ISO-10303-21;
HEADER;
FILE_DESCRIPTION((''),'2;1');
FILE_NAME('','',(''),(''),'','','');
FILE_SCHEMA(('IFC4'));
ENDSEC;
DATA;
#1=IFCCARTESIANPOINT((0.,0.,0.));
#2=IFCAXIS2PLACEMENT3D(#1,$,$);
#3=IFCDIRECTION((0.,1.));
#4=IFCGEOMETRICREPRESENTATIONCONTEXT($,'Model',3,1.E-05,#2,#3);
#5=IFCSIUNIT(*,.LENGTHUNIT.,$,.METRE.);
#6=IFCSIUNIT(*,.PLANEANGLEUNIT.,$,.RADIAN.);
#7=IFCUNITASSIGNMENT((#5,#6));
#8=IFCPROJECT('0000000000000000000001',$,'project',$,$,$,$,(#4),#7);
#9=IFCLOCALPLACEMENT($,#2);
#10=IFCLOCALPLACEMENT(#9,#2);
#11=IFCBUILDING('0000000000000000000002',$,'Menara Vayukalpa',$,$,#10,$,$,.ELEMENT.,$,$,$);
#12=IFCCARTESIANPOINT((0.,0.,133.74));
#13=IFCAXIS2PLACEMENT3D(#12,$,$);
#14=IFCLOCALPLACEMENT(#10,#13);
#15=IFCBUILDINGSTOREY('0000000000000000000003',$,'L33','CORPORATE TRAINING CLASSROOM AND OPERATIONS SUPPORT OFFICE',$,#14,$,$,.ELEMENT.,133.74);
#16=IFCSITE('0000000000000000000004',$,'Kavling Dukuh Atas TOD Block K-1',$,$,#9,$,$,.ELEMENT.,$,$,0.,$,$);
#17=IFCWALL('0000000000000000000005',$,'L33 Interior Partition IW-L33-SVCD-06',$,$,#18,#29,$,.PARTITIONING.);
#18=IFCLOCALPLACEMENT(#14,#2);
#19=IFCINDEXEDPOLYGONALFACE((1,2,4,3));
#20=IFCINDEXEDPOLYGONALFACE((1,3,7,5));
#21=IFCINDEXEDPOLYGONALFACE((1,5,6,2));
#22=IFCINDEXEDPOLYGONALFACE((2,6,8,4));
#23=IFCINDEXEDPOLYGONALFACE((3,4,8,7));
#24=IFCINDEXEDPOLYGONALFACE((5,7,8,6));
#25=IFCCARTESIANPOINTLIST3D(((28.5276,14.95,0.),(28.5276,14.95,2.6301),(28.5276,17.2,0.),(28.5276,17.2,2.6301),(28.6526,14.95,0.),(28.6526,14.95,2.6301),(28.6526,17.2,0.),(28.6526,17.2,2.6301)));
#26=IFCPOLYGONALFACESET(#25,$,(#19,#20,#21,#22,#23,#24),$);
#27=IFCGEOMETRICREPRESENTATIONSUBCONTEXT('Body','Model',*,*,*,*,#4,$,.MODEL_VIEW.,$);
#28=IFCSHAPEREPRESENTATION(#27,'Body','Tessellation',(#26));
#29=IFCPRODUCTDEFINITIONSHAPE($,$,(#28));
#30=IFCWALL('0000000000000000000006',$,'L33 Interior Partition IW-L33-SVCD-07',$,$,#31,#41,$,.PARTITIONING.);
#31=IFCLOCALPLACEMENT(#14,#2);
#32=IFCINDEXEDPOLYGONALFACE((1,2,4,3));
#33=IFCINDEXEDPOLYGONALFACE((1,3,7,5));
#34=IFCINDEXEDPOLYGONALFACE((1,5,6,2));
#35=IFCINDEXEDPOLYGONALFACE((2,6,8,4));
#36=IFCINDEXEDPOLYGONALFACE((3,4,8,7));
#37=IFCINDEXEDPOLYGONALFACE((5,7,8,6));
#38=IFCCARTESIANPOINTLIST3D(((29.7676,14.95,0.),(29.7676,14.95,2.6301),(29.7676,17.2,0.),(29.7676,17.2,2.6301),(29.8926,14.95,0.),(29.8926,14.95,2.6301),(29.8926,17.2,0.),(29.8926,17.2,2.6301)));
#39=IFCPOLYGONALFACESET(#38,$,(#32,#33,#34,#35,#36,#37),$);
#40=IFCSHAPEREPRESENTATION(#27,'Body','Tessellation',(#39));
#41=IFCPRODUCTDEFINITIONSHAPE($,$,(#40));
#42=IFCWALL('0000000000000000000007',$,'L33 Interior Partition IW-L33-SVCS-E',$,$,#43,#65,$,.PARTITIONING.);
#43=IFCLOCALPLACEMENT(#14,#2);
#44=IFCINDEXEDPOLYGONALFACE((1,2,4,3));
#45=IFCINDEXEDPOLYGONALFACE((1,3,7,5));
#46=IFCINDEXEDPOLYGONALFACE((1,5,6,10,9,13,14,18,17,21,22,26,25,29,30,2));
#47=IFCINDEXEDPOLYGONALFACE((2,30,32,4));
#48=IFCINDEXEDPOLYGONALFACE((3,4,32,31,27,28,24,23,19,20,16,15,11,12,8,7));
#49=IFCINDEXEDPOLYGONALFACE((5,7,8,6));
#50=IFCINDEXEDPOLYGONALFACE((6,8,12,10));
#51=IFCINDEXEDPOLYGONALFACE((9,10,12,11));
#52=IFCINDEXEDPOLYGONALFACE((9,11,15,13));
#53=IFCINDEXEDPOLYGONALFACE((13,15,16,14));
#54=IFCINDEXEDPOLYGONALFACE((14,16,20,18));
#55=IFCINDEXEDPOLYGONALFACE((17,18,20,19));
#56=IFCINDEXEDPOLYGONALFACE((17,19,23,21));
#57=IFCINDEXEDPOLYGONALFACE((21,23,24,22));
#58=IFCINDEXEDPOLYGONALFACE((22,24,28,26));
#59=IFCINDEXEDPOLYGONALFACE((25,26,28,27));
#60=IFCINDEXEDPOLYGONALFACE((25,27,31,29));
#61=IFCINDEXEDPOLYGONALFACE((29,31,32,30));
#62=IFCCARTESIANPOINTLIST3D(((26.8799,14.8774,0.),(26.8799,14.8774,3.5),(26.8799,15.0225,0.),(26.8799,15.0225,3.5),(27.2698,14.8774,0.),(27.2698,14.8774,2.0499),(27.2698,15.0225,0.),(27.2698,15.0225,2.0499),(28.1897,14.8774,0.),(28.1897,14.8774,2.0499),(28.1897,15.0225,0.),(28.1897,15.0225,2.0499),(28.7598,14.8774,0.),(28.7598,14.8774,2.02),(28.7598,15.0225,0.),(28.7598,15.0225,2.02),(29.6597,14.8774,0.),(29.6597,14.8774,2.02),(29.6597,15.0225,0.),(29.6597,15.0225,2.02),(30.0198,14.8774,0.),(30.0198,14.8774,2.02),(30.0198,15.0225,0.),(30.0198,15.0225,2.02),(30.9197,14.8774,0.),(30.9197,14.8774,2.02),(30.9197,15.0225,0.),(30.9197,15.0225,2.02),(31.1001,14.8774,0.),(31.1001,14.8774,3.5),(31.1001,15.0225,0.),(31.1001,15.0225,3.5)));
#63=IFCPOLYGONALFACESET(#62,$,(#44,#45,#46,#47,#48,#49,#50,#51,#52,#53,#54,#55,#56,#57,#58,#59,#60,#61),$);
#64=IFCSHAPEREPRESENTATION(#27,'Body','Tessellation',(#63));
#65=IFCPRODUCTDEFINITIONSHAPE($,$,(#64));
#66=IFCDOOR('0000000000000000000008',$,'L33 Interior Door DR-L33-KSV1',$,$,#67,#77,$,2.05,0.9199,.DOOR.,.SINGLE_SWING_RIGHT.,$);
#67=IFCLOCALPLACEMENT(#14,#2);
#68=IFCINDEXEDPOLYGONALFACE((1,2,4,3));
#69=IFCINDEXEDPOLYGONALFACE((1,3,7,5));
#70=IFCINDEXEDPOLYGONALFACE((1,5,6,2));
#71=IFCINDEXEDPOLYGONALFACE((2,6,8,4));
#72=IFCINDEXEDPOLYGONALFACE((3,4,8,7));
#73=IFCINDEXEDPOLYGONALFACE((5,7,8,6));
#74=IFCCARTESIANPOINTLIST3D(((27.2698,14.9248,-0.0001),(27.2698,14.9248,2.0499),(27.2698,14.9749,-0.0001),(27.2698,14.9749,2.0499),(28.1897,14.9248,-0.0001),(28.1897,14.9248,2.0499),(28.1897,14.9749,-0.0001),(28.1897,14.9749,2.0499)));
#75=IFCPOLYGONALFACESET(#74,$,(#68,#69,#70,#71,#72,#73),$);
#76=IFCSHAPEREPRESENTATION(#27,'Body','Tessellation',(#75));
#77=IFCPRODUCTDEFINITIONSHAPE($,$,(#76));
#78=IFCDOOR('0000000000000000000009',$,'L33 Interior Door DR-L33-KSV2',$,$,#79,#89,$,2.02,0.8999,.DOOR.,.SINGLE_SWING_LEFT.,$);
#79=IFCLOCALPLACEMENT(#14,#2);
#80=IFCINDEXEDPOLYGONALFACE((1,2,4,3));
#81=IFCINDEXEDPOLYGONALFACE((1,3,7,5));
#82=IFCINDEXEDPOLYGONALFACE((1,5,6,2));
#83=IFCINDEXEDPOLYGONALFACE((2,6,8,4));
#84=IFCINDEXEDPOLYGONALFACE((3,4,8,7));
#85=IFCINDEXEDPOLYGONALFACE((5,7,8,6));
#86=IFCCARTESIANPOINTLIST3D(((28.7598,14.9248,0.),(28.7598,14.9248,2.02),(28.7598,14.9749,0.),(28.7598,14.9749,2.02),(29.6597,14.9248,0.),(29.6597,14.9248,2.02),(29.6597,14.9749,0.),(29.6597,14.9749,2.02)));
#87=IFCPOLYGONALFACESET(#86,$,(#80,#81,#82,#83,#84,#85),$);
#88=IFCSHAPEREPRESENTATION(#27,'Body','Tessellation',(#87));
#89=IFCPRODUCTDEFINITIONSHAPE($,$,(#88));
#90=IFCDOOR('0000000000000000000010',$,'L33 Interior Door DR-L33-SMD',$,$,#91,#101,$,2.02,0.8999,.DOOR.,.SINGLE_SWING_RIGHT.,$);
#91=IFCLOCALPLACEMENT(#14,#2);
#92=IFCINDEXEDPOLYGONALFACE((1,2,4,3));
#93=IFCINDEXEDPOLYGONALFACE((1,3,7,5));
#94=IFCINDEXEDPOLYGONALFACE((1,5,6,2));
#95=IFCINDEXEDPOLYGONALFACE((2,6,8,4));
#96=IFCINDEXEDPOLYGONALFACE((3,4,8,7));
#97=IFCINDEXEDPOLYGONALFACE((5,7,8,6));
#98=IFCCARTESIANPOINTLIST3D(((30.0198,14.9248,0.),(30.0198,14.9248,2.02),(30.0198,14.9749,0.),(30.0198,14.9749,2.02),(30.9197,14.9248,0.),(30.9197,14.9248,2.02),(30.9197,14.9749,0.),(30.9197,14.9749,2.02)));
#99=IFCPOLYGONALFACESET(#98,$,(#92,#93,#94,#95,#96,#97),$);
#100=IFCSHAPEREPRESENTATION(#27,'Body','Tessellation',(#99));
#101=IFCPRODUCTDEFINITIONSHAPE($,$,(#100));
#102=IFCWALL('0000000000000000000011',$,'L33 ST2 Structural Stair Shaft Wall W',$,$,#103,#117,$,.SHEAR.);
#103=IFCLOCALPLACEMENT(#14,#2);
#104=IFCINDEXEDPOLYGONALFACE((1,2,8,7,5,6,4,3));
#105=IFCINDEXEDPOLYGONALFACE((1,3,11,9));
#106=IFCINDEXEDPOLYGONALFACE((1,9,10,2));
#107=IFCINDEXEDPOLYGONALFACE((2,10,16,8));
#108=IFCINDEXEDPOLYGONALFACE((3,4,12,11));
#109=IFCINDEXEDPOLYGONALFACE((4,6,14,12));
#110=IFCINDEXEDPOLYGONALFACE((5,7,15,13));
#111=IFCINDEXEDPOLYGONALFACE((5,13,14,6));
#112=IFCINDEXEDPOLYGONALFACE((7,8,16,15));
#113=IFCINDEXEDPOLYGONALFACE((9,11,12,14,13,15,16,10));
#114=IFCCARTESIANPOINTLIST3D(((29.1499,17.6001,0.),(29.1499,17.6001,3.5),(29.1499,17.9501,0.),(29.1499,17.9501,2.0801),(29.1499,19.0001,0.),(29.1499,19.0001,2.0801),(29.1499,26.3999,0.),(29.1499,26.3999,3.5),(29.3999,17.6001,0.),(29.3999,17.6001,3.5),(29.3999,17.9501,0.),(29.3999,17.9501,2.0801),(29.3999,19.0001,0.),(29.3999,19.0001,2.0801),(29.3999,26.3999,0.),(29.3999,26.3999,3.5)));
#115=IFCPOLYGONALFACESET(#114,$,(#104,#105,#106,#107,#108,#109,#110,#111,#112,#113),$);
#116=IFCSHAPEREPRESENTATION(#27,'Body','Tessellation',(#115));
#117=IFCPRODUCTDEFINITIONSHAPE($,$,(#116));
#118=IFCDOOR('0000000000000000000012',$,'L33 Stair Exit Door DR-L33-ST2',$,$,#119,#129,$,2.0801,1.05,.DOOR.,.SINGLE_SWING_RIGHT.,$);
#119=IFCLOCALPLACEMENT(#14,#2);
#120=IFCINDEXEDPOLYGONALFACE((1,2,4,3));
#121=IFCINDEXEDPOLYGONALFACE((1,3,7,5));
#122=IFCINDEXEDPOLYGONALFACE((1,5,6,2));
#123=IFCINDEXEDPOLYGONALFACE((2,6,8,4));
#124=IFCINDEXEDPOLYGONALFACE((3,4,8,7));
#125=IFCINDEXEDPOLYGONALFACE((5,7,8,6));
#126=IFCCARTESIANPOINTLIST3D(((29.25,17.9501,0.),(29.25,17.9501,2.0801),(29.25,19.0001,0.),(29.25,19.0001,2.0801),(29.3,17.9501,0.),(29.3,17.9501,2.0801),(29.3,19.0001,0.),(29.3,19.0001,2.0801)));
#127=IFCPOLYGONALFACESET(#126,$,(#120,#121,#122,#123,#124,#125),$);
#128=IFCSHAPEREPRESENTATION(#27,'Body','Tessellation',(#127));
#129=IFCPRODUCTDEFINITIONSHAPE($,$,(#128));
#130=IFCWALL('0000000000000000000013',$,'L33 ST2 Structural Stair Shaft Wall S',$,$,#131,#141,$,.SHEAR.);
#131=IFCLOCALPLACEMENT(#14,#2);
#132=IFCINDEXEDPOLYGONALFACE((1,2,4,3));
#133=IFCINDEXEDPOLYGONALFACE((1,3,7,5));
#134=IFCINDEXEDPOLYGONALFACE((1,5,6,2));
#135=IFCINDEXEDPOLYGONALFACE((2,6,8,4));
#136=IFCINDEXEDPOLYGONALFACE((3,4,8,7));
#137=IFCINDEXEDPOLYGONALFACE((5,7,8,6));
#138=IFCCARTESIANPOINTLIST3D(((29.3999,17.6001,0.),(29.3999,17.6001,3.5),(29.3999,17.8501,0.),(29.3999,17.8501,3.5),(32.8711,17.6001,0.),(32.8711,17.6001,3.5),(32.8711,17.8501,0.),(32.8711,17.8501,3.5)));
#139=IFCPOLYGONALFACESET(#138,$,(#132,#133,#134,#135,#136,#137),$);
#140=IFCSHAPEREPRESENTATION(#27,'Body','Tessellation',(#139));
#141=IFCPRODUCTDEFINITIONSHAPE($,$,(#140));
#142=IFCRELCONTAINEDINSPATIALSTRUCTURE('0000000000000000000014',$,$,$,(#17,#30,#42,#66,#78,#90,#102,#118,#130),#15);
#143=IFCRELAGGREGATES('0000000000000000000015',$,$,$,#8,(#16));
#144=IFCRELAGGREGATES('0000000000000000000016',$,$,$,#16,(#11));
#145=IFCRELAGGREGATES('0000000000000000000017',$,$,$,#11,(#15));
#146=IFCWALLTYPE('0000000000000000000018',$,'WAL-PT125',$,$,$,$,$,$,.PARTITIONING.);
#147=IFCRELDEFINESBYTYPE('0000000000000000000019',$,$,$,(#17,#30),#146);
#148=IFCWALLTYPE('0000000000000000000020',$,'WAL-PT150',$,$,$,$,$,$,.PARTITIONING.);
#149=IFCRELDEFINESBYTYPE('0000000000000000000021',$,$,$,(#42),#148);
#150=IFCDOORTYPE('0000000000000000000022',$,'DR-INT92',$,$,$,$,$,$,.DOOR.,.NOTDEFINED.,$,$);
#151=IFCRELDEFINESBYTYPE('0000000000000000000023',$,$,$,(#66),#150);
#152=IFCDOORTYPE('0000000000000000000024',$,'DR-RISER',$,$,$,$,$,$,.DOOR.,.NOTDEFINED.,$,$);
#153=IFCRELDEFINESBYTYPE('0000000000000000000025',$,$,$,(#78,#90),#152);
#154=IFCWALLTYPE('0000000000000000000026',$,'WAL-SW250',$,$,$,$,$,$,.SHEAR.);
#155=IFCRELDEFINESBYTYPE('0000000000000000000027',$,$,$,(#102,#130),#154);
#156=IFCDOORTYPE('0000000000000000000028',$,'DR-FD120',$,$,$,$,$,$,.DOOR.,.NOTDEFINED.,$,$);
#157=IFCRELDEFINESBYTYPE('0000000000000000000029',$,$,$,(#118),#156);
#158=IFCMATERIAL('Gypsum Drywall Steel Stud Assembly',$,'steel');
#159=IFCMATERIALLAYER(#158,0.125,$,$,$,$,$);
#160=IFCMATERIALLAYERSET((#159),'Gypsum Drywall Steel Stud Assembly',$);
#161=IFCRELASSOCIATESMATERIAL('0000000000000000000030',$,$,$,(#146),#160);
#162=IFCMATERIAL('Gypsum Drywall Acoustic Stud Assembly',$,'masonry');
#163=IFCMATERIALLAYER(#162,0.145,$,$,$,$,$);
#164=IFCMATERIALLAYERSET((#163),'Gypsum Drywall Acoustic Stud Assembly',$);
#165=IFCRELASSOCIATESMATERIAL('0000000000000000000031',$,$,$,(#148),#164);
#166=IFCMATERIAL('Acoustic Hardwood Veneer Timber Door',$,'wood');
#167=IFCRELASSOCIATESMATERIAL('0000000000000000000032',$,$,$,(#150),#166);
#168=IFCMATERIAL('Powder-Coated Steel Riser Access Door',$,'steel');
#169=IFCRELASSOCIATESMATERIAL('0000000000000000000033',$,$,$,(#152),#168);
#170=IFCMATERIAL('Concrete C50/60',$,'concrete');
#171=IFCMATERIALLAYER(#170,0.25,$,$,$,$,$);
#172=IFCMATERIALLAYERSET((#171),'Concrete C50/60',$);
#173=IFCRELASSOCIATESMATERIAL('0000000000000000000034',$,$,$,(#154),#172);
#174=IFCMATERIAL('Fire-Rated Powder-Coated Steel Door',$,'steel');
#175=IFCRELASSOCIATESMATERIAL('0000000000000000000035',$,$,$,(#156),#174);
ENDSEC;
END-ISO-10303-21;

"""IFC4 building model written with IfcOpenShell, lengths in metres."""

from ifc_helpers import new_model, si_unit, direction, frame, frame_2d, origin, place, context, subcontext, project, spatial, rectangle, extrude, material, layer, layer_set, type_object, element, fill, save


model = new_model("IFC4")

# Units and contexts
model_context = context("Model", 3, precision=1e-05, world=origin(), true_north=direction((0.0, 1.0)))
body_context = subcontext(model_context, "Body", "Model", "MODEL_VIEW")
ifc_project = project(units=[si_unit("LENGTHUNIT", "METRE"), si_unit("PLANEANGLEUNIT", "RADIAN")], contexts=[model_context])

# Site, building, storey
site_placement = place(None, origin())
site = spatial("IfcSite", under=ifc_project, at=site_placement, Name="Kavling Dukuh Atas TOD Block K-1", CompositionType="ELEMENT", RefElevation=0.0)
building_placement = place(site_placement, origin())
building = spatial("IfcBuilding", under=site, at=building_placement, Name="Menara Vayukalpa", CompositionType="ELEMENT")
storey_placement = place(building_placement, frame((0.0, 0.0, 133.74)))
storey = spatial("IfcBuildingStorey", under=building, at=storey_placement, Name="L33", Description="CORPORATE TRAINING CLASSROOM AND OPERATIONS SUPPORT OFFICE", CompositionType="ELEMENT", Elevation=133.74)

# Walls
ifc_material_1 = material(Name="Gypsum Drywall Steel Stud Assembly", Category="steel")
ifc_layer_1 = layer(ifc_material_1, 0.125)
ifc_layer_set_1 = layer_set([ifc_layer_1], Name="Gypsum Drywall Steel Stud Assembly")
wall_type_1 = type_object("IfcWallType", Name="WAL-PT125", PredefinedType="PARTITIONING", material=ifc_layer_set_1)
for number, where, z_axis, x_axis, name in (
    (1, (28.5901, 14.95, 0.0), (0.0, 0.0, 1.0), (0.0, 1.0, 0.0), "L33 Interior Partition IW-L33-SVCD-06"),
    (2, (29.8301, 14.95, 0.0), (0.0, 0.0, 1.0), (0.0, 1.0, 0.0), "L33 Interior Partition IW-L33-SVCD-07"),
):
    element("IfcWall", number, at=place(storey_placement, frame(where, z_axis=z_axis, x_axis=x_axis)), inside=storey, type_object=wall_type_1, Name=name, PredefinedType="PARTITIONING", context=body_context, shape_type="SweptSolid", body=[
        extrude(rectangle(XDim=2.25, YDim=0.125, at=frame_2d((1.125, 0.0))), origin(), (0.0, 0.0, 1.0), 2.6301),
    ])

# Wall, openings, doors
ifc_material_2 = material(Name="Gypsum Drywall Acoustic Stud Assembly", Category="masonry")
ifc_layer_2 = layer(ifc_material_2, 0.145)
ifc_layer_set_2 = layer_set([ifc_layer_2], Name="Gypsum Drywall Acoustic Stud Assembly")
wall_type_2 = type_object("IfcWallType", Name="WAL-PT150", PredefinedType="PARTITIONING", material=ifc_layer_set_2)
wall_1_placement = place(storey_placement, frame((26.8799, 14.95, 0.0), z_axis=(0.0, 0.0, 1.0), x_axis=(1.0, 0.0, 0.0)))
wall_1 = element("IfcWall", 3, at=wall_1_placement, inside=storey, type_object=wall_type_2, Name="L33 Interior Partition IW-L33-SVCS-E", PredefinedType="PARTITIONING", context=body_context, shape_type="SweptSolid", body=[
    extrude(rectangle(XDim=4.2202, YDim=0.145, at=frame_2d((2.1101, 0.0))), origin(), (0.0, 0.0, 1.0), 3.5),
])
opening_1_placement = place(wall_1_placement, frame((0.3899, 0.0, 0.0)))
opening_1 = element("IfcOpeningElement", 4, at=opening_1_placement, cuts=wall_1, PredefinedType="OPENING", context=body_context, shape_type="SweptSolid", body=[
    extrude(rectangle(XDim=0.9199, YDim=2.05, at=frame_2d((0.46, 1.0249))), frame((0.0, 0.0825, 0.0), z_axis=(0.0, -1.0, 0.0), x_axis=(1.0, 0.0, 0.0)), (0.0, 0.0, 1.0), 0.165),
])
opening_2_placement = place(wall_1_placement, frame((1.8799, 0.0, 0.0)))
opening_2 = element("IfcOpeningElement", 5, at=opening_2_placement, cuts=wall_1, PredefinedType="OPENING", context=body_context, shape_type="SweptSolid", body=[
    extrude(rectangle(XDim=0.8999, YDim=2.02, at=frame_2d((0.45, 1.01))), frame((0.0, 0.0825, 0.0), z_axis=(0.0, -1.0, 0.0), x_axis=(1.0, 0.0, 0.0)), (0.0, 0.0, 1.0), 0.165),
])
opening_3_placement = place(wall_1_placement, frame((3.1399, 0.0, 0.0)))
opening_3 = element("IfcOpeningElement", 6, at=opening_3_placement, cuts=wall_1, PredefinedType="OPENING", context=body_context, shape_type="SweptSolid", body=[
    extrude(rectangle(XDim=0.8999, YDim=2.02, at=frame_2d((0.45, 1.01))), frame((0.0, 0.0825, 0.0), z_axis=(0.0, -1.0, 0.0), x_axis=(1.0, 0.0, 0.0)), (0.0, 0.0, 1.0), 0.165),
])
ifc_material_3 = material(Name="Acoustic Hardwood Veneer Timber Door", Category="wood")
door_type_1 = type_object("IfcDoorType", Name="DR-INT92", OperationType="NOTDEFINED", PredefinedType="DOOR", material=ifc_material_3)
door_1_placement = place(opening_1_placement, origin())
door_1 = element("IfcDoor", 7, at=door_1_placement, inside=storey, type_object=door_type_1, Name="L33 Interior Door DR-L33-KSV1", OperationType="SINGLE_SWING_RIGHT", OverallHeight=2.05, OverallWidth=0.9199, PredefinedType="DOOR", context=body_context, shape_type="SweptSolid", body=[
    extrude(rectangle(XDim=0.9199, YDim=2.05, at=frame_2d((0.46, 1.0249))), frame((0.0, 0.0249, 0.0), z_axis=(0.0, -1.0, 0.0), x_axis=(1.0, 0.0, 0.0)), (0.0, 0.0, 1.0), 0.05),
])
fill(opening_1, door_1)
ifc_material_4 = material(Name="Powder-Coated Steel Riser Access Door", Category="steel")
door_type_2 = type_object("IfcDoorType", Name="DR-RISER", OperationType="NOTDEFINED", PredefinedType="DOOR", material=ifc_material_4)
door_2_placement = place(opening_2_placement, origin())
door_2 = element("IfcDoor", 8, at=door_2_placement, inside=storey, type_object=door_type_2, Name="L33 Interior Door DR-L33-KSV2", OperationType="SINGLE_SWING_LEFT", OverallHeight=2.02, OverallWidth=0.8999, PredefinedType="DOOR", context=body_context, shape_type="SweptSolid", body=[
    extrude(rectangle(XDim=0.8999, YDim=2.02, at=frame_2d((0.45, 1.01))), frame((0.0, 0.0249, 0.0), z_axis=(0.0, -1.0, 0.0), x_axis=(1.0, 0.0, 0.0)), (0.0, 0.0, 1.0), 0.05),
])
fill(opening_2, door_2)
door_3_placement = place(opening_3_placement, origin())
door_3 = element("IfcDoor", 9, at=door_3_placement, inside=storey, type_object=door_type_2, Name="L33 Interior Door DR-L33-SMD", OperationType="SINGLE_SWING_RIGHT", OverallHeight=2.02, OverallWidth=0.8999, PredefinedType="DOOR", context=body_context, shape_type="SweptSolid", body=[
    extrude(rectangle(XDim=0.8999, YDim=2.02, at=frame_2d((0.45, 1.01))), frame((0.0, 0.0249, 0.0), z_axis=(0.0, -1.0, 0.0), x_axis=(1.0, 0.0, 0.0)), (0.0, 0.0, 1.0), 0.05),
])
fill(opening_3, door_3)

# Wall, opening, door
ifc_material_5 = material(Name="Concrete C50/60", Category="concrete")
ifc_layer_3 = layer(ifc_material_5, 0.25)
ifc_layer_set_3 = layer_set([ifc_layer_3], Name="Concrete C50/60")
wall_type_3 = type_object("IfcWallType", Name="WAL-SW250", PredefinedType="SHEAR", material=ifc_layer_set_3)
wall_2_placement = place(storey_placement, frame((29.2749, 17.6001, 0.0), z_axis=(0.0, 0.0, 1.0), x_axis=(0.0, 1.0, 0.0)))
wall_2 = element("IfcWall", 10, at=wall_2_placement, inside=storey, type_object=wall_type_3, Name="L33 ST2 Structural Stair Shaft Wall W", PredefinedType="SHEAR", context=body_context, shape_type="SweptSolid", body=[
    extrude(rectangle(XDim=8.7998, YDim=0.25, at=frame_2d((4.3999, 0.0))), origin(), (0.0, 0.0, 1.0), 3.5),
])
opening_4_placement = place(wall_2_placement, frame((0.3501, 0.0, 0.0)))
opening_4 = element("IfcOpeningElement", 11, at=opening_4_placement, cuts=wall_2, PredefinedType="OPENING", context=body_context, shape_type="SweptSolid", body=[
    extrude(rectangle(XDim=1.05, YDim=2.0801, at=frame_2d((0.5249, 1.04))), frame((0.0, 0.135, 0.0), z_axis=(0.0, -1.0, 0.0), x_axis=(1.0, 0.0, 0.0)), (0.0, 0.0, 1.0), 0.27),
])
ifc_material_6 = material(Name="Fire-Rated Powder-Coated Steel Door", Category="steel")
door_type_3 = type_object("IfcDoorType", Name="DR-FD120", OperationType="NOTDEFINED", PredefinedType="DOOR", material=ifc_material_6)
door_4_placement = place(opening_4_placement, origin())
door_4 = element("IfcDoor", 12, at=door_4_placement, inside=storey, type_object=door_type_3, Name="L33 Stair Exit Door DR-L33-ST2", OperationType="SINGLE_SWING_RIGHT", OverallHeight=2.0801, OverallWidth=1.05, PredefinedType="DOOR", context=body_context, shape_type="SweptSolid", body=[
    extrude(rectangle(XDim=1.05, YDim=2.0801, at=frame_2d((0.5249, 1.04))), frame((0.0, 0.0249, 0.0), z_axis=(0.0, -1.0, 0.0), x_axis=(1.0, 0.0, 0.0)), (0.0, 0.0, 1.0), 0.05),
])
fill(opening_4, door_4)

# Wall
wall_3_placement = place(storey_placement, frame((29.3999, 17.7251, 0.0), z_axis=(0.0, 0.0, 1.0), x_axis=(1.0, 0.0, 0.0)))
element("IfcWall", 13, at=wall_3_placement, inside=storey, type_object=wall_type_3, Name="L33 ST2 Structural Stair Shaft Wall S", PredefinedType="SHEAR", context=body_context, shape_type="SweptSolid", body=[
    extrude(rectangle(XDim=3.4712, YDim=0.25, at=frame_2d((1.7356, 0.0))), origin(), (0.0, 0.0, 1.0), 3.5),
])

save(model, "model.ifc")
